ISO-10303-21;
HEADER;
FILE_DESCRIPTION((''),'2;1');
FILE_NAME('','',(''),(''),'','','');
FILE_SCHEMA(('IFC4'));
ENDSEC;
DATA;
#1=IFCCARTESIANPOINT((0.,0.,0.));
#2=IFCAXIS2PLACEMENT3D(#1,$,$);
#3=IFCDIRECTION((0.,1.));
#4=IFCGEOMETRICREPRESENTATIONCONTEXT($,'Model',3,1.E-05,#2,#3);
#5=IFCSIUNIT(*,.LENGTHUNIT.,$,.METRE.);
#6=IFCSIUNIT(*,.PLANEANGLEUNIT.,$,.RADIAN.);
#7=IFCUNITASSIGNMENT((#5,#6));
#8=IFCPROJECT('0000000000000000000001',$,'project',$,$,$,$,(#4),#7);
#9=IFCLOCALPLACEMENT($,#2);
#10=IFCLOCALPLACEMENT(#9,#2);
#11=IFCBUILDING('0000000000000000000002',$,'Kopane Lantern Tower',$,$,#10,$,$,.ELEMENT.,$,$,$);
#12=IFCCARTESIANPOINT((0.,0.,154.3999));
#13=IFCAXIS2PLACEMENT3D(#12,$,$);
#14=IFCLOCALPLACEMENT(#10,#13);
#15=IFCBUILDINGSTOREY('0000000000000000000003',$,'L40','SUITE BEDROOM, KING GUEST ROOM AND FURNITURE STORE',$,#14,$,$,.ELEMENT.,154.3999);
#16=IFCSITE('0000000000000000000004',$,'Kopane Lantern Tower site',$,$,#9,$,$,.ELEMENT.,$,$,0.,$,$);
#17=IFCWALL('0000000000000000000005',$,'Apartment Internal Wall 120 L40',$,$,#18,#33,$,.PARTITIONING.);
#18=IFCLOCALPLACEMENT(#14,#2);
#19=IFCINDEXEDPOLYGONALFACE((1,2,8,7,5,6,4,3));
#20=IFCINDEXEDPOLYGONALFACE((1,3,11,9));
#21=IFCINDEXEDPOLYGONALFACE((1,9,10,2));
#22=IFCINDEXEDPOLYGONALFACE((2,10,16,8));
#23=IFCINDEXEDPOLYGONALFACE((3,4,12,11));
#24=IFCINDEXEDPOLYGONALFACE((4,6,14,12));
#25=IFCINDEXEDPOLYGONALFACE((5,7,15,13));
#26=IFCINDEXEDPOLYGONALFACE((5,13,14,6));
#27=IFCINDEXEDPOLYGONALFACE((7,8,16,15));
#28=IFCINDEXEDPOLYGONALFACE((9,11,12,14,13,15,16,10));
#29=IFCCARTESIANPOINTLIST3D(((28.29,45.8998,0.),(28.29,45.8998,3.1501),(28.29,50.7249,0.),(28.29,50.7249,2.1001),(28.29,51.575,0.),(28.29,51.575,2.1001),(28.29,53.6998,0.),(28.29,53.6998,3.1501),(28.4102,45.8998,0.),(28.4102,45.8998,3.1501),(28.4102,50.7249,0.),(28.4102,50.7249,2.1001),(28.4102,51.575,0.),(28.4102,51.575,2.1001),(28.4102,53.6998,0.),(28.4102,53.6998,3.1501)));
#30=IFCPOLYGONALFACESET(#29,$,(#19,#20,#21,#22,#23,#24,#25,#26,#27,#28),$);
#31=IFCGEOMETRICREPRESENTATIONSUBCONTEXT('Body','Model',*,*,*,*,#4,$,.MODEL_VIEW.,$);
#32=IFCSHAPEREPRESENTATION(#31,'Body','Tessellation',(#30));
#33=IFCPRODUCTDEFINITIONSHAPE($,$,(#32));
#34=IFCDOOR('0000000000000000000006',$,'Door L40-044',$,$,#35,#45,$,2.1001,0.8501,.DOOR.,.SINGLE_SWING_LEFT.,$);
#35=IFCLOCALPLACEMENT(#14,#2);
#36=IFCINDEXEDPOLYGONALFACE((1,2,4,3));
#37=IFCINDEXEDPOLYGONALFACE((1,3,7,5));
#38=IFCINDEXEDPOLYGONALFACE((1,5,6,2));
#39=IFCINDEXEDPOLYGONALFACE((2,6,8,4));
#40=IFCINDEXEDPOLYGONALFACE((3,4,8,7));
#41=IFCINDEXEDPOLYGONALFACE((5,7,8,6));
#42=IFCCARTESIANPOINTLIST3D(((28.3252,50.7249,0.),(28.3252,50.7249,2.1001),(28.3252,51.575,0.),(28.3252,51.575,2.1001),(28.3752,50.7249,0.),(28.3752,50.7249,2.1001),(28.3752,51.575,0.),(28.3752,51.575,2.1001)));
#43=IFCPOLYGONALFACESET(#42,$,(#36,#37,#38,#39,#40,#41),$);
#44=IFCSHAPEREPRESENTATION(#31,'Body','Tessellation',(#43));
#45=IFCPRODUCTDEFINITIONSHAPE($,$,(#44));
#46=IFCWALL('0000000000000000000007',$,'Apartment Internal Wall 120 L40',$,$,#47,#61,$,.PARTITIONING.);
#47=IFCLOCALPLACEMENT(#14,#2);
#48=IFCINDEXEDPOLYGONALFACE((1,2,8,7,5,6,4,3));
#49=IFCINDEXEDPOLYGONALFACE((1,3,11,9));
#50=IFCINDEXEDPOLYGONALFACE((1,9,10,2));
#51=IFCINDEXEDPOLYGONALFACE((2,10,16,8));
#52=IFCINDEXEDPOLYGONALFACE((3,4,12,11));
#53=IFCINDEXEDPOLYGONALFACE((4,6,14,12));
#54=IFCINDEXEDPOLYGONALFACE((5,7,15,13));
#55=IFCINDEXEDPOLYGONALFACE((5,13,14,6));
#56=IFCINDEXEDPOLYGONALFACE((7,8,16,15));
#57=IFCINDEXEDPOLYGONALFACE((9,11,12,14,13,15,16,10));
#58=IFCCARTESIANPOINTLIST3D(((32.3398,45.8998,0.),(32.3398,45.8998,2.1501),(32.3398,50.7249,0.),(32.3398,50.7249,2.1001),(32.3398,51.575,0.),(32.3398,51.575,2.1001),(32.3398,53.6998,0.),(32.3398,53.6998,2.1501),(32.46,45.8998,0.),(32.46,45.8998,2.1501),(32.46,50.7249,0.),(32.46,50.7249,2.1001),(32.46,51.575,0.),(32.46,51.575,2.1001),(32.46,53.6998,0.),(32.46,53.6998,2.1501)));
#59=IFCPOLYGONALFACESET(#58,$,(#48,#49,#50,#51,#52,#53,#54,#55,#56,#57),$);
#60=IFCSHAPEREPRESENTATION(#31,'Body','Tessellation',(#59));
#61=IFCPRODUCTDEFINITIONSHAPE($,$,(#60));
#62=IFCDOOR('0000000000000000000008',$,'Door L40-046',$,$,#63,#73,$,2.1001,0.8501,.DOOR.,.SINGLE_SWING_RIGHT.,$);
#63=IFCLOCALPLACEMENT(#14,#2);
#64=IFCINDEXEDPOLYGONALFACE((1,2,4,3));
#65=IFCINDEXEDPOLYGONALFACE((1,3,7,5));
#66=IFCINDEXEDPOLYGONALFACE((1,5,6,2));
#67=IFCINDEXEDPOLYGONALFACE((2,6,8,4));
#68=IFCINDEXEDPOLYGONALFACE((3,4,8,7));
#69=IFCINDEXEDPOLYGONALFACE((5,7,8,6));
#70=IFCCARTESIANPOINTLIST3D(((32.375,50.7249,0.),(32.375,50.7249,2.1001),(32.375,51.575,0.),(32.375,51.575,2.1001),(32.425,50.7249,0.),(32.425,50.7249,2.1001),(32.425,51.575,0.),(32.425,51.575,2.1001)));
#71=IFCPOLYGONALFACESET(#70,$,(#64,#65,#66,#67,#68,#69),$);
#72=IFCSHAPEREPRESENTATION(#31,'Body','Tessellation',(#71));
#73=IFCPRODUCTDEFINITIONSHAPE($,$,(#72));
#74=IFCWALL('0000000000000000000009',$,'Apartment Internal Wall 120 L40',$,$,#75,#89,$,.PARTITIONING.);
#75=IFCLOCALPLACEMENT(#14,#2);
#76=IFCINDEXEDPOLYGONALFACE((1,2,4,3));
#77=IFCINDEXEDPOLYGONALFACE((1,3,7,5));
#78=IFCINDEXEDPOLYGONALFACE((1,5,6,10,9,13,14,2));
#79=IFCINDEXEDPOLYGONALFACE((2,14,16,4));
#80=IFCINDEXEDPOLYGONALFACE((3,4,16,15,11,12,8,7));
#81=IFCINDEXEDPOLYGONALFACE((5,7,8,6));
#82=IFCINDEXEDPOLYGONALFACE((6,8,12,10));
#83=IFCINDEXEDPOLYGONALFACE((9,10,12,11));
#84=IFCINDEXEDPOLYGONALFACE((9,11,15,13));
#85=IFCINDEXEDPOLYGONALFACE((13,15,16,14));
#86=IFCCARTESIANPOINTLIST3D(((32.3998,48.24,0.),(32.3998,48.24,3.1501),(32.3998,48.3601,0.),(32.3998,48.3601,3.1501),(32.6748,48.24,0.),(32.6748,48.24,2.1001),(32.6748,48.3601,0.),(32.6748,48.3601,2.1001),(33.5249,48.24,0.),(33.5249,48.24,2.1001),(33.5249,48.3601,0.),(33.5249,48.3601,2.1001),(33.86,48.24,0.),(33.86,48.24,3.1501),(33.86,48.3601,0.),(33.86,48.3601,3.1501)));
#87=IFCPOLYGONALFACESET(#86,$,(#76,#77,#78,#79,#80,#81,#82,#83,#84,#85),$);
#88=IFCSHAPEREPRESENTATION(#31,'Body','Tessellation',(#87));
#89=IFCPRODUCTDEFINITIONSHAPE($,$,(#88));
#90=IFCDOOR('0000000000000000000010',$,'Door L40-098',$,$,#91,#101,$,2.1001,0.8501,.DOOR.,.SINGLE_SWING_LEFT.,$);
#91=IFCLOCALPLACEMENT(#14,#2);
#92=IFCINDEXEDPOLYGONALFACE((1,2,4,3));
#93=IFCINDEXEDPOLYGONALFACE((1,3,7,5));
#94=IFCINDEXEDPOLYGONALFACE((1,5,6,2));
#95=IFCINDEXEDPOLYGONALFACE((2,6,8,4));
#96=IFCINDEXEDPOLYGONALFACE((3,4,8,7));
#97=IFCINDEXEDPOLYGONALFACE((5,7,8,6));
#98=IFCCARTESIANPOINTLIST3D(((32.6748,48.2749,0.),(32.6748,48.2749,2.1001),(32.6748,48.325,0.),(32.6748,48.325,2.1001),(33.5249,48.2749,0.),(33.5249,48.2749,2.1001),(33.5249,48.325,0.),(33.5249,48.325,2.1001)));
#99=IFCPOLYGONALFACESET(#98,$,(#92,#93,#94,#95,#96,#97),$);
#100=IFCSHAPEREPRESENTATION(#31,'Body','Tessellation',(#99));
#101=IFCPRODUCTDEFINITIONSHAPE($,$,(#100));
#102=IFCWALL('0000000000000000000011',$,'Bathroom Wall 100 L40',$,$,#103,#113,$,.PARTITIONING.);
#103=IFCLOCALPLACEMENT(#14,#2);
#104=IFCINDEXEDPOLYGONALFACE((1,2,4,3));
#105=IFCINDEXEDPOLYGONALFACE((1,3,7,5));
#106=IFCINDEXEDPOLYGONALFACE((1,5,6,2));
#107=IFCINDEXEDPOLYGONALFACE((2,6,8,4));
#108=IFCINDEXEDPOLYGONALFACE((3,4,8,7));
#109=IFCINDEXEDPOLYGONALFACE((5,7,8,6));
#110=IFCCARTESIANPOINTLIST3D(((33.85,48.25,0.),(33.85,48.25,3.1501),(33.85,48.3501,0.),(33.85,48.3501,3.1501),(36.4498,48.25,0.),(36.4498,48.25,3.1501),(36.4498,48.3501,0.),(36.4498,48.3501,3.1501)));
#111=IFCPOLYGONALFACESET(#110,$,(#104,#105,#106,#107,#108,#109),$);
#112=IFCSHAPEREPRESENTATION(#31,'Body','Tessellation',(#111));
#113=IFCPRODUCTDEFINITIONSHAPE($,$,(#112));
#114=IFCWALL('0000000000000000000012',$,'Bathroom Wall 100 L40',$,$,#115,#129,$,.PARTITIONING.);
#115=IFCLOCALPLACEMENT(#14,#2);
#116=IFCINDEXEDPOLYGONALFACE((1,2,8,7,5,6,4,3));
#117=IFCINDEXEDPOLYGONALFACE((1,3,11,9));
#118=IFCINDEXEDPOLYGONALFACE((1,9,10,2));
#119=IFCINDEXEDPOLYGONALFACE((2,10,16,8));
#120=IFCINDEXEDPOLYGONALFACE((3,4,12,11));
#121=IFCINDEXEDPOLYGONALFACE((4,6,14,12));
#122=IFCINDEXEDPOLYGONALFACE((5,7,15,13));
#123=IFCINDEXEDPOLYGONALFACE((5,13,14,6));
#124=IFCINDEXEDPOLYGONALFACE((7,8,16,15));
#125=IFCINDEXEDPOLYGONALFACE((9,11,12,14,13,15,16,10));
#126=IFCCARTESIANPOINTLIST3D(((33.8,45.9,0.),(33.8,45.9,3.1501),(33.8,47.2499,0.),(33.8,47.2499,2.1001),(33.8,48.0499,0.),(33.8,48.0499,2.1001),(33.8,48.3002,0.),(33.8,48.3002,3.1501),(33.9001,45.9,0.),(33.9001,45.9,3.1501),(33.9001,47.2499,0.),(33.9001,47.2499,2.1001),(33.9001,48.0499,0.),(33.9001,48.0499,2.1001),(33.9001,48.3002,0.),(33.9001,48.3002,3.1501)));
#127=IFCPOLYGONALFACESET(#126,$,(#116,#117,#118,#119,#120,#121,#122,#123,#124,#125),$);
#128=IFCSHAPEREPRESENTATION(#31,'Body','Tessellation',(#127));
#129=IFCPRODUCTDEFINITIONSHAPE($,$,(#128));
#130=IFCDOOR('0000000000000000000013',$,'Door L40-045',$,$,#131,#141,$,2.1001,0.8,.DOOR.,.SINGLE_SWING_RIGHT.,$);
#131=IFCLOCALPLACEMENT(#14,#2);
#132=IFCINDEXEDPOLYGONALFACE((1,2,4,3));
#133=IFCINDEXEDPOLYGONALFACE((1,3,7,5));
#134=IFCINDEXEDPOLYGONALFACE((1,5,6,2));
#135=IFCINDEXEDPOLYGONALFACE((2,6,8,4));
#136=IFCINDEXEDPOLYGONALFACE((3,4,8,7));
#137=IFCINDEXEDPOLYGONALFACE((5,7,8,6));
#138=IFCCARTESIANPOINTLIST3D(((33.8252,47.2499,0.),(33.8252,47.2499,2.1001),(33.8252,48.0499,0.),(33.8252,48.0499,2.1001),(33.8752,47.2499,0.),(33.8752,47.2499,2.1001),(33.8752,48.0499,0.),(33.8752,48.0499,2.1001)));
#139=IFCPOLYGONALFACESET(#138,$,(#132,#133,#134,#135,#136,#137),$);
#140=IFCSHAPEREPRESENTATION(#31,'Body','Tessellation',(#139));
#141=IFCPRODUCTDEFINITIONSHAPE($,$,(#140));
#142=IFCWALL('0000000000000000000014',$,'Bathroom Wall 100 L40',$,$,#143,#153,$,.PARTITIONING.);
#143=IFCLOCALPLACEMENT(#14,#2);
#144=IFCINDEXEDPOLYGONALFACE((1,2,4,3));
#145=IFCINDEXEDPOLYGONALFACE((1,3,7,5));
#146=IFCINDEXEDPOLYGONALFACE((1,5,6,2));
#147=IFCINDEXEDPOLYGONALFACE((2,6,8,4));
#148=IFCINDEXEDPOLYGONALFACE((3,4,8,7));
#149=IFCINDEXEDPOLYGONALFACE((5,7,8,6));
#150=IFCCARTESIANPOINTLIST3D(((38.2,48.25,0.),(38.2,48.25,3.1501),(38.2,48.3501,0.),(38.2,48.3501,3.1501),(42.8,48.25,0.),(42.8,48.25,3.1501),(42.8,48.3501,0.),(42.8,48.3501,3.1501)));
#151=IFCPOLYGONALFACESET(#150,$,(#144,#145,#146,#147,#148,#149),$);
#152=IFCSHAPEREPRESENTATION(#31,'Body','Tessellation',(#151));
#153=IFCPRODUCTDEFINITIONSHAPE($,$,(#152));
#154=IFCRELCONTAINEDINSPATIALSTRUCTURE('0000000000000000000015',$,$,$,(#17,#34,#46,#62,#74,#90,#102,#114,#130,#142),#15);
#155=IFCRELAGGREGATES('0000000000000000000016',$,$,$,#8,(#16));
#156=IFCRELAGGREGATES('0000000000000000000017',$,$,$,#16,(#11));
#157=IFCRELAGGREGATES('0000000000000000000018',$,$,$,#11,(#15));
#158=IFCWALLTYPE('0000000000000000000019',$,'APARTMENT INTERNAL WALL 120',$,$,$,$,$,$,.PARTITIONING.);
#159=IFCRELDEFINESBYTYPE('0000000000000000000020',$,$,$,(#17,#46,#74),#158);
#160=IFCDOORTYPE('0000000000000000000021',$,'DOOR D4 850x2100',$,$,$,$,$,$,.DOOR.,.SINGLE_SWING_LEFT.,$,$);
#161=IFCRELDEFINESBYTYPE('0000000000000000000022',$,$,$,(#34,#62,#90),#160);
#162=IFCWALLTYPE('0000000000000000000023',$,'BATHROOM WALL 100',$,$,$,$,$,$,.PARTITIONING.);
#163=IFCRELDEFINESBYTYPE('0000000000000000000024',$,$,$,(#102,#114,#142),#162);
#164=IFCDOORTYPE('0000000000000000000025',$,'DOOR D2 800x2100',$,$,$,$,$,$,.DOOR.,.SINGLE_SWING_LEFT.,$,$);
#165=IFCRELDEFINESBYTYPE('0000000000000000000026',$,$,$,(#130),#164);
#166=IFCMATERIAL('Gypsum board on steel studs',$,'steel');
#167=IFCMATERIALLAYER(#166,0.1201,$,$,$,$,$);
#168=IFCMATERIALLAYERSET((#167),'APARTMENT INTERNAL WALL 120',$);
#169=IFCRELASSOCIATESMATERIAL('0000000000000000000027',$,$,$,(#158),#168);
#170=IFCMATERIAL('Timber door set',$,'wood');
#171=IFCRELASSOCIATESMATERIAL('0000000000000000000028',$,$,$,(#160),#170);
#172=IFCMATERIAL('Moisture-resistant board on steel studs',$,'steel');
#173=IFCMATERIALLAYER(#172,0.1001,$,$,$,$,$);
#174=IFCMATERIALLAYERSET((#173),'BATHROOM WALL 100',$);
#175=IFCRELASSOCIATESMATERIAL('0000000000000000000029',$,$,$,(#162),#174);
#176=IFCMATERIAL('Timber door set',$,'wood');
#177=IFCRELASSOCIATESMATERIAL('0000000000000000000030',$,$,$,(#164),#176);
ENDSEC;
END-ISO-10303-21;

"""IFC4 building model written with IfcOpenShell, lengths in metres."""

from ifc_helpers import new_model, si_unit, direction, frame, frame_2d, origin, place, context, subcontext, project, spatial, rectangle, extrude, material, layer, layer_set, type_object, element, fill, save


model = new_model("IFC4")

# Units and contexts
model_context = context("Model", 3, precision=1e-05, world=origin(), true_north=direction((0.0, 1.0)))
body_context = subcontext(model_context, "Body", "Model", "MODEL_VIEW")
ifc_project = project(units=[si_unit("LENGTHUNIT", "METRE"), si_unit("PLANEANGLEUNIT", "RADIAN")], contexts=[model_context])

# Site, building, storey
site_placement = place(None, origin())
site = spatial("IfcSite", under=ifc_project, at=site_placement, Name="Kopane Lantern Tower site", CompositionType="ELEMENT", RefElevation=0.0)
building_placement = place(site_placement, origin())
building = spatial("IfcBuilding", under=site, at=building_placement, Name="Kopane Lantern Tower", CompositionType="ELEMENT")
storey_placement = place(building_placement, frame((0.0, 0.0, 154.3999)))
storey = spatial("IfcBuildingStorey", under=building, at=storey_placement, Name="L40", Description="SUITE BEDROOM, KING GUEST ROOM AND FURNITURE STORE", CompositionType="ELEMENT", Elevation=154.3999)

# Walls, openings, doors
ifc_material_1 = material(Name="Gypsum board on steel studs", Category="steel")
ifc_layer_1 = layer(ifc_material_1, 0.1201)
ifc_layer_set_1 = layer_set([ifc_layer_1], Name="APARTMENT INTERNAL WALL 120")
wall_type_1 = type_object("IfcWallType", Name="APARTMENT INTERNAL WALL 120", PredefinedType="PARTITIONING", material=ifc_layer_set_1)
wall_1_placement = place(storey_placement, frame((28.3501, 45.8999, 0.0), z_axis=(0.0, 0.0, 1.0), x_axis=(0.0, 1.0, 0.0)))
wall_1 = element("IfcWall", 1, at=wall_1_placement, inside=storey, type_object=wall_type_1, Name="Apartment Internal Wall 120 L40", PredefinedType="PARTITIONING", context=body_context, shape_type="SweptSolid", body=[
    extrude(rectangle(XDim=7.8, YDim=0.1201, at=frame_2d((3.8999, 0.0))), origin(), (0.0, 0.0, 1.0), 3.1501),
])
opening_1_placement = place(wall_1_placement, frame((4.825, 0.0, 0.0)))
opening_1 = element("IfcOpeningElement", 2, at=opening_1_placement, cuts=wall_1, PredefinedType="OPENING", context=body_context, shape_type="SweptSolid", body=[
    extrude(rectangle(XDim=0.8501, YDim=2.1001, at=frame_2d((0.425, 1.05))), frame((0.0, 0.0701, 0.0), z_axis=(0.0, -1.0, 0.0), x_axis=(1.0, 0.0, 0.0)), (0.0, 0.0, 1.0), 0.1401),
])
ifc_material_2 = material(Name="Timber door set", Category="wood")
door_type_1 = type_object("IfcDoorType", Name="DOOR D4 850x2100", OperationType="SINGLE_SWING_LEFT", PredefinedType="DOOR", material=ifc_material_2)
door_1_placement = place(opening_1_placement, origin())
door_1 = element("IfcDoor", 3, at=door_1_placement, inside=storey, type_object=door_type_1, Name="Door L40-044", OperationType="SINGLE_SWING_LEFT", OverallHeight=2.1001, OverallWidth=0.8501, PredefinedType="DOOR", context=body_context, shape_type="SweptSolid", body=[
    extrude(rectangle(XDim=0.8501, YDim=2.1001, at=frame_2d((0.425, 1.05))), frame((0.0, 0.0249, 0.0), z_axis=(0.0, -1.0, 0.0), x_axis=(1.0, 0.0, 0.0)), (0.0, 0.0, 1.0), 0.05),
])
fill(opening_1, door_1)
wall_2_placement = place(storey_placement, frame((32.3999, 45.8999, 0.0), z_axis=(0.0, 0.0, 1.0), x_axis=(0.0, 1.0, 0.0)))
wall_2 = element("IfcWall", 4, at=wall_2_placement, inside=storey, type_object=wall_type_1, Name="Apartment Internal Wall 120 L40", PredefinedType="PARTITIONING", context=body_context, shape_type="SweptSolid", body=[
    extrude(rectangle(XDim=7.8, YDim=0.1201, at=frame_2d((3.8999, 0.0))), origin(), (0.0, 0.0, 1.0), 2.1501),
])
opening_2_placement = place(wall_2_placement, frame((4.825, 0.0, 0.0)))
opening_2 = element("IfcOpeningElement", 5, at=opening_2_placement, cuts=wall_2, PredefinedType="OPENING", context=body_context, shape_type="SweptSolid", body=[
    extrude(rectangle(XDim=0.8501, YDim=2.1001, at=frame_2d((0.425, 1.05))), frame((0.0, 0.0701, 0.0), z_axis=(0.0, -1.0, 0.0), x_axis=(1.0, 0.0, 0.0)), (0.0, 0.0, 1.0), 0.1401),
])
door_2_placement = place(opening_2_placement, origin())
door_2 = element("IfcDoor", 6, at=door_2_placement, inside=storey, type_object=door_type_1, Name="Door L40-046", OperationType="SINGLE_SWING_RIGHT", OverallHeight=2.1001, OverallWidth=0.8501, PredefinedType="DOOR", context=body_context, shape_type="SweptSolid", body=[
    extrude(rectangle(XDim=0.8501, YDim=2.1001, at=frame_2d((0.425, 1.05))), frame((0.0, 0.0249, 0.0), z_axis=(0.0, -1.0, 0.0), x_axis=(1.0, 0.0, 0.0)), (0.0, 0.0, 1.0), 0.05),
])
fill(opening_2, door_2)
wall_3_placement = place(storey_placement, frame((32.3999, 48.3, 0.0), z_axis=(0.0, 0.0, 1.0), x_axis=(1.0, 0.0, 0.0)))
wall_3 = element("IfcWall", 7, at=wall_3_placement, inside=storey, type_object=wall_type_1, Name="Apartment Internal Wall 120 L40", PredefinedType="PARTITIONING", context=body_context, shape_type="SweptSolid", body=[
    extrude(rectangle(XDim=1.4602, YDim=0.1201, at=frame_2d((0.73, 0.0))), origin(), (0.0, 0.0, 1.0), 3.1501),
])
opening_3_placement = place(wall_3_placement, frame((0.2749, 0.0, 0.0)))
opening_3 = element("IfcOpeningElement", 8, at=opening_3_placement, cuts=wall_3, PredefinedType="OPENING", context=body_context, shape_type="SweptSolid", body=[
    extrude(rectangle(XDim=0.8501, YDim=2.1001, at=frame_2d((0.425, 1.05))), frame((0.0, 0.0701, 0.0), z_axis=(0.0, -1.0, 0.0), x_axis=(1.0, 0.0, 0.0)), (0.0, 0.0, 1.0), 0.1401),
])
door_3_placement = place(opening_3_placement, origin())
door_3 = element("IfcDoor", 9, at=door_3_placement, inside=storey, type_object=door_type_1, Name="Door L40-098", OperationType="SINGLE_SWING_LEFT", OverallHeight=2.1001, OverallWidth=0.8501, PredefinedType="DOOR", context=body_context, shape_type="SweptSolid", body=[
    extrude(rectangle(XDim=0.8501, YDim=2.1001, at=frame_2d((0.425, 1.05))), frame((0.0, 0.0249, 0.0), z_axis=(0.0, -1.0, 0.0), x_axis=(1.0, 0.0, 0.0)), (0.0, 0.0, 1.0), 0.05),
])
fill(opening_3, door_3)

# Wall
ifc_material_3 = material(Name="Moisture-resistant board on steel studs", Category="steel")
ifc_layer_2 = layer(ifc_material_3, 0.1001)
ifc_layer_set_2 = layer_set([ifc_layer_2], Name="BATHROOM WALL 100")
wall_type_2 = type_object("IfcWallType", Name="BATHROOM WALL 100", PredefinedType="PARTITIONING", material=ifc_layer_set_2)
wall_4_placement = place(storey_placement, frame((33.8501, 48.3, 0.0), z_axis=(0.0, 0.0, 1.0), x_axis=(1.0, 0.0, 0.0)))
element("IfcWall", 10, at=wall_4_placement, inside=storey, type_object=wall_type_2, Name="Bathroom Wall 100 L40", PredefinedType="PARTITIONING", context=body_context, shape_type="SweptSolid", body=[
    extrude(rectangle(XDim=2.5999, YDim=0.1001, at=frame_2d((1.2998, 0.0))), origin(), (0.0, 0.0, 1.0), 3.1501),
])

# Wall, opening, door
wall_5_placement = place(storey_placement, frame((33.8501, 45.8999, 0.0), z_axis=(0.0, 0.0, 1.0), x_axis=(0.0, 1.0, 0.0)))
wall_5 = element("IfcWall", 11, at=wall_5_placement, inside=storey, type_object=wall_type_2, Name="Bathroom Wall 100 L40", PredefinedType="PARTITIONING", context=body_context, shape_type="SweptSolid", body=[
    extrude(rectangle(XDim=2.4001, YDim=0.1001, at=frame_2d((1.2002, 0.0))), origin(), (0.0, 0.0, 1.0), 3.1501),
])
opening_4_placement = place(wall_5_placement, frame((1.3501, 0.0, 0.0)))
opening_4 = element("IfcOpeningElement", 12, at=opening_4_placement, cuts=wall_5, PredefinedType="OPENING", context=body_context, shape_type="SweptSolid", body=[
    extrude(rectangle(XDim=0.8, YDim=2.1001, at=frame_2d((0.3999, 1.05))), frame((0.0, 0.0601, 0.0), z_axis=(0.0, -1.0, 0.0), x_axis=(1.0, 0.0, 0.0)), (0.0, 0.0, 1.0), 0.1201),
])
ifc_material_4 = material(Name="Timber door set", Category="wood")
door_type_2 = type_object("IfcDoorType", Name="DOOR D2 800x2100", OperationType="SINGLE_SWING_LEFT", PredefinedType="DOOR", material=ifc_material_4)
door_4_placement = place(opening_4_placement, origin())
door_4 = element("IfcDoor", 13, at=door_4_placement, inside=storey, type_object=door_type_2, Name="Door L40-045", OperationType="SINGLE_SWING_RIGHT", OverallHeight=2.1001, OverallWidth=0.8, PredefinedType="DOOR", context=body_context, shape_type="SweptSolid", body=[
    extrude(rectangle(XDim=0.8, YDim=2.1001, at=frame_2d((0.3999, 1.05))), frame((0.0, 0.0249, 0.0), z_axis=(0.0, -1.0, 0.0), x_axis=(1.0, 0.0, 0.0)), (0.0, 0.0, 1.0), 0.05),
])
fill(opening_4, door_4)

# Wall
wall_6_placement = place(storey_placement, frame((38.2, 48.3, 0.0), z_axis=(0.0, 0.0, 1.0), x_axis=(1.0, 0.0, 0.0)))
element("IfcWall", 14, at=wall_6_placement, inside=storey, type_object=wall_type_2, Name="Bathroom Wall 100 L40", PredefinedType="PARTITIONING", context=body_context, shape_type="SweptSolid", body=[
    extrude(rectangle(XDim=4.6001, YDim=0.1001, at=frame_2d((2.3, 0.0))), origin(), (0.0, 0.0, 1.0), 3.1501),
])

save(model, "model.ifc")
